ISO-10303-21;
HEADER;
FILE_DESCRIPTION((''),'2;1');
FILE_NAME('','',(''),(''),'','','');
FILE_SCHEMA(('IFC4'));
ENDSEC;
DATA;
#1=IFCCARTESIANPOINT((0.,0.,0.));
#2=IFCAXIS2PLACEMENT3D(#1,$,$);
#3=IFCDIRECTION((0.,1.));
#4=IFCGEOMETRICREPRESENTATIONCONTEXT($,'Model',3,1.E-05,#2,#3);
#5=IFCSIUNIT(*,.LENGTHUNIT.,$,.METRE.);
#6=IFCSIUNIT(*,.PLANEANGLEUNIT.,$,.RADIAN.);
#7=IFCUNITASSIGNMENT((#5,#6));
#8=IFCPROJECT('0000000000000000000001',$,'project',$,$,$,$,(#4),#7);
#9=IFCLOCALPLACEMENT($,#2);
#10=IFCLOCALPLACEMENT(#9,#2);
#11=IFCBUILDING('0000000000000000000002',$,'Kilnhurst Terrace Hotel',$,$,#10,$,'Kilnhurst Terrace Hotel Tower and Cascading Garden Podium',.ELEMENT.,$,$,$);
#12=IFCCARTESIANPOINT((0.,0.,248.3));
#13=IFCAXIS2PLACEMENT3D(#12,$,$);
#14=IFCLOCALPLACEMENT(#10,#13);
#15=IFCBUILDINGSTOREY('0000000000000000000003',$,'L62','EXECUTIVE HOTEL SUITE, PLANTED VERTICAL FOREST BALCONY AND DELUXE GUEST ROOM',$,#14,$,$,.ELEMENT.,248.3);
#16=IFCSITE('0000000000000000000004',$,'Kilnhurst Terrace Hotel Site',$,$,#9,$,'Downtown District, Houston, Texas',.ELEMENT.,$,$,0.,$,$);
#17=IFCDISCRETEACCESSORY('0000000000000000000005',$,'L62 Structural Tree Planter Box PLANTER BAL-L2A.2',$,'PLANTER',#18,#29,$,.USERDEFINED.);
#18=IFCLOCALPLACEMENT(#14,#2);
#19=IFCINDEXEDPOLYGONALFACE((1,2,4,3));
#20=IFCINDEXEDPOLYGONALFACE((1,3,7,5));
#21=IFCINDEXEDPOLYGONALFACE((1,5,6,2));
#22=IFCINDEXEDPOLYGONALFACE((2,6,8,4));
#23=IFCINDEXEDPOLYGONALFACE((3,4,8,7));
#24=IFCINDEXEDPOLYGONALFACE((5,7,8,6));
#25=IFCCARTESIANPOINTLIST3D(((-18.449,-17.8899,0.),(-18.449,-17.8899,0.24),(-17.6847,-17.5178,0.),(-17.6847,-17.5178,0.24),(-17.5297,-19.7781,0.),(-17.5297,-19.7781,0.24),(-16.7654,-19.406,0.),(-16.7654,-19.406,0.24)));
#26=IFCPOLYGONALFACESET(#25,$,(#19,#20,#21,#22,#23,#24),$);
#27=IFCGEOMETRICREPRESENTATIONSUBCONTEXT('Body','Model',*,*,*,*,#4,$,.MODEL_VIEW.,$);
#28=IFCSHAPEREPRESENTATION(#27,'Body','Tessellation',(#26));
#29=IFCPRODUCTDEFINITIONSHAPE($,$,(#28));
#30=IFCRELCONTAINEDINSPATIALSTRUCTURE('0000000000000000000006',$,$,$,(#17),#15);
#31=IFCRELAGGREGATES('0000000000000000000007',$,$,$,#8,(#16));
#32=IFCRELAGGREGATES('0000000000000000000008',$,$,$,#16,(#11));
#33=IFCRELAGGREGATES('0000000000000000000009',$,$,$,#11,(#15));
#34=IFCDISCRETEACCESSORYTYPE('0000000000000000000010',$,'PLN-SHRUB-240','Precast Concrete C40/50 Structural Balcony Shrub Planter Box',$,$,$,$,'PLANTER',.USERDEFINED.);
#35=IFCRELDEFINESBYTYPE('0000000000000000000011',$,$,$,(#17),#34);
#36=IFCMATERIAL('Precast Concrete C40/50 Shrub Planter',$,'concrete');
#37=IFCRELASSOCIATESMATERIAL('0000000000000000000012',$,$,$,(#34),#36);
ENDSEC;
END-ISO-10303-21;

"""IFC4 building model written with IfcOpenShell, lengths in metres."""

from ifc_helpers import new_model, si_unit, direction, frame, origin, origin_2d, place, context, subcontext, project, spatial, rectangle, extrude, material, type_object, element, save


model = new_model("IFC4")

# Units and contexts
model_context = context("Model", 3, precision=1e-05, world=origin(), true_north=direction((0.0, 1.0)))
body_context = subcontext(model_context, "Body", "Model", "MODEL_VIEW")
ifc_project = project(units=[si_unit("LENGTHUNIT", "METRE"), si_unit("PLANEANGLEUNIT", "RADIAN")], contexts=[model_context])

# Site, building, storey
site_placement = place(None, origin())
site = spatial("IfcSite", under=ifc_project, at=site_placement, Name="Kilnhurst Terrace Hotel Site", LongName="Downtown District, Houston, Texas", CompositionType="ELEMENT", RefElevation=0.0)
building_placement = place(site_placement, origin())
building = spatial("IfcBuilding", under=site, at=building_placement, Name="Kilnhurst Terrace Hotel", LongName="Kilnhurst Terrace Hotel Tower and Cascading Garden Podium", CompositionType="ELEMENT")
storey_placement = place(building_placement, frame((0.0, 0.0, 248.3)))
storey = spatial("IfcBuildingStorey", under=building, at=storey_placement, Name="L62", Description="EXECUTIVE HOTEL SUITE, PLANTED VERTICAL FOREST BALCONY AND DELUXE GUEST ROOM", CompositionType="ELEMENT", Elevation=248.3)

# Discrete accessory
ifc_material_1 = material(Name="Precast Concrete C40/50 Shrub Planter", Category="concrete")
discrete_accessory_type = type_object("IfcDiscreteAccessoryType", Name="PLN-SHRUB-240", Description="Precast Concrete C40/50 Structural Balcony Shrub Planter Box", ElementType="PLANTER", PredefinedType="USERDEFINED", material=ifc_material_1)
discrete_accessory_placement = place(storey_placement, frame((-17.6072, -18.6479, 0.0), z_axis=(0.0, 0.0, 1.0), x_axis=(0.437744, -0.8991, 0.0)))
element("IfcDiscreteAccessory", 1, at=discrete_accessory_placement, inside=storey, type_object=discrete_accessory_type, Name="L62 Structural Tree Planter Box PLANTER BAL-L2A.2", ObjectType="PLANTER", PredefinedType="USERDEFINED", context=body_context, shape_type="SweptSolid", body=[
    extrude(rectangle(XDim=2.1001, YDim=0.8501, at=origin_2d()), origin(), (0.0, 0.0, 1.0), 0.24),
])

save(model, "model.ifc")
